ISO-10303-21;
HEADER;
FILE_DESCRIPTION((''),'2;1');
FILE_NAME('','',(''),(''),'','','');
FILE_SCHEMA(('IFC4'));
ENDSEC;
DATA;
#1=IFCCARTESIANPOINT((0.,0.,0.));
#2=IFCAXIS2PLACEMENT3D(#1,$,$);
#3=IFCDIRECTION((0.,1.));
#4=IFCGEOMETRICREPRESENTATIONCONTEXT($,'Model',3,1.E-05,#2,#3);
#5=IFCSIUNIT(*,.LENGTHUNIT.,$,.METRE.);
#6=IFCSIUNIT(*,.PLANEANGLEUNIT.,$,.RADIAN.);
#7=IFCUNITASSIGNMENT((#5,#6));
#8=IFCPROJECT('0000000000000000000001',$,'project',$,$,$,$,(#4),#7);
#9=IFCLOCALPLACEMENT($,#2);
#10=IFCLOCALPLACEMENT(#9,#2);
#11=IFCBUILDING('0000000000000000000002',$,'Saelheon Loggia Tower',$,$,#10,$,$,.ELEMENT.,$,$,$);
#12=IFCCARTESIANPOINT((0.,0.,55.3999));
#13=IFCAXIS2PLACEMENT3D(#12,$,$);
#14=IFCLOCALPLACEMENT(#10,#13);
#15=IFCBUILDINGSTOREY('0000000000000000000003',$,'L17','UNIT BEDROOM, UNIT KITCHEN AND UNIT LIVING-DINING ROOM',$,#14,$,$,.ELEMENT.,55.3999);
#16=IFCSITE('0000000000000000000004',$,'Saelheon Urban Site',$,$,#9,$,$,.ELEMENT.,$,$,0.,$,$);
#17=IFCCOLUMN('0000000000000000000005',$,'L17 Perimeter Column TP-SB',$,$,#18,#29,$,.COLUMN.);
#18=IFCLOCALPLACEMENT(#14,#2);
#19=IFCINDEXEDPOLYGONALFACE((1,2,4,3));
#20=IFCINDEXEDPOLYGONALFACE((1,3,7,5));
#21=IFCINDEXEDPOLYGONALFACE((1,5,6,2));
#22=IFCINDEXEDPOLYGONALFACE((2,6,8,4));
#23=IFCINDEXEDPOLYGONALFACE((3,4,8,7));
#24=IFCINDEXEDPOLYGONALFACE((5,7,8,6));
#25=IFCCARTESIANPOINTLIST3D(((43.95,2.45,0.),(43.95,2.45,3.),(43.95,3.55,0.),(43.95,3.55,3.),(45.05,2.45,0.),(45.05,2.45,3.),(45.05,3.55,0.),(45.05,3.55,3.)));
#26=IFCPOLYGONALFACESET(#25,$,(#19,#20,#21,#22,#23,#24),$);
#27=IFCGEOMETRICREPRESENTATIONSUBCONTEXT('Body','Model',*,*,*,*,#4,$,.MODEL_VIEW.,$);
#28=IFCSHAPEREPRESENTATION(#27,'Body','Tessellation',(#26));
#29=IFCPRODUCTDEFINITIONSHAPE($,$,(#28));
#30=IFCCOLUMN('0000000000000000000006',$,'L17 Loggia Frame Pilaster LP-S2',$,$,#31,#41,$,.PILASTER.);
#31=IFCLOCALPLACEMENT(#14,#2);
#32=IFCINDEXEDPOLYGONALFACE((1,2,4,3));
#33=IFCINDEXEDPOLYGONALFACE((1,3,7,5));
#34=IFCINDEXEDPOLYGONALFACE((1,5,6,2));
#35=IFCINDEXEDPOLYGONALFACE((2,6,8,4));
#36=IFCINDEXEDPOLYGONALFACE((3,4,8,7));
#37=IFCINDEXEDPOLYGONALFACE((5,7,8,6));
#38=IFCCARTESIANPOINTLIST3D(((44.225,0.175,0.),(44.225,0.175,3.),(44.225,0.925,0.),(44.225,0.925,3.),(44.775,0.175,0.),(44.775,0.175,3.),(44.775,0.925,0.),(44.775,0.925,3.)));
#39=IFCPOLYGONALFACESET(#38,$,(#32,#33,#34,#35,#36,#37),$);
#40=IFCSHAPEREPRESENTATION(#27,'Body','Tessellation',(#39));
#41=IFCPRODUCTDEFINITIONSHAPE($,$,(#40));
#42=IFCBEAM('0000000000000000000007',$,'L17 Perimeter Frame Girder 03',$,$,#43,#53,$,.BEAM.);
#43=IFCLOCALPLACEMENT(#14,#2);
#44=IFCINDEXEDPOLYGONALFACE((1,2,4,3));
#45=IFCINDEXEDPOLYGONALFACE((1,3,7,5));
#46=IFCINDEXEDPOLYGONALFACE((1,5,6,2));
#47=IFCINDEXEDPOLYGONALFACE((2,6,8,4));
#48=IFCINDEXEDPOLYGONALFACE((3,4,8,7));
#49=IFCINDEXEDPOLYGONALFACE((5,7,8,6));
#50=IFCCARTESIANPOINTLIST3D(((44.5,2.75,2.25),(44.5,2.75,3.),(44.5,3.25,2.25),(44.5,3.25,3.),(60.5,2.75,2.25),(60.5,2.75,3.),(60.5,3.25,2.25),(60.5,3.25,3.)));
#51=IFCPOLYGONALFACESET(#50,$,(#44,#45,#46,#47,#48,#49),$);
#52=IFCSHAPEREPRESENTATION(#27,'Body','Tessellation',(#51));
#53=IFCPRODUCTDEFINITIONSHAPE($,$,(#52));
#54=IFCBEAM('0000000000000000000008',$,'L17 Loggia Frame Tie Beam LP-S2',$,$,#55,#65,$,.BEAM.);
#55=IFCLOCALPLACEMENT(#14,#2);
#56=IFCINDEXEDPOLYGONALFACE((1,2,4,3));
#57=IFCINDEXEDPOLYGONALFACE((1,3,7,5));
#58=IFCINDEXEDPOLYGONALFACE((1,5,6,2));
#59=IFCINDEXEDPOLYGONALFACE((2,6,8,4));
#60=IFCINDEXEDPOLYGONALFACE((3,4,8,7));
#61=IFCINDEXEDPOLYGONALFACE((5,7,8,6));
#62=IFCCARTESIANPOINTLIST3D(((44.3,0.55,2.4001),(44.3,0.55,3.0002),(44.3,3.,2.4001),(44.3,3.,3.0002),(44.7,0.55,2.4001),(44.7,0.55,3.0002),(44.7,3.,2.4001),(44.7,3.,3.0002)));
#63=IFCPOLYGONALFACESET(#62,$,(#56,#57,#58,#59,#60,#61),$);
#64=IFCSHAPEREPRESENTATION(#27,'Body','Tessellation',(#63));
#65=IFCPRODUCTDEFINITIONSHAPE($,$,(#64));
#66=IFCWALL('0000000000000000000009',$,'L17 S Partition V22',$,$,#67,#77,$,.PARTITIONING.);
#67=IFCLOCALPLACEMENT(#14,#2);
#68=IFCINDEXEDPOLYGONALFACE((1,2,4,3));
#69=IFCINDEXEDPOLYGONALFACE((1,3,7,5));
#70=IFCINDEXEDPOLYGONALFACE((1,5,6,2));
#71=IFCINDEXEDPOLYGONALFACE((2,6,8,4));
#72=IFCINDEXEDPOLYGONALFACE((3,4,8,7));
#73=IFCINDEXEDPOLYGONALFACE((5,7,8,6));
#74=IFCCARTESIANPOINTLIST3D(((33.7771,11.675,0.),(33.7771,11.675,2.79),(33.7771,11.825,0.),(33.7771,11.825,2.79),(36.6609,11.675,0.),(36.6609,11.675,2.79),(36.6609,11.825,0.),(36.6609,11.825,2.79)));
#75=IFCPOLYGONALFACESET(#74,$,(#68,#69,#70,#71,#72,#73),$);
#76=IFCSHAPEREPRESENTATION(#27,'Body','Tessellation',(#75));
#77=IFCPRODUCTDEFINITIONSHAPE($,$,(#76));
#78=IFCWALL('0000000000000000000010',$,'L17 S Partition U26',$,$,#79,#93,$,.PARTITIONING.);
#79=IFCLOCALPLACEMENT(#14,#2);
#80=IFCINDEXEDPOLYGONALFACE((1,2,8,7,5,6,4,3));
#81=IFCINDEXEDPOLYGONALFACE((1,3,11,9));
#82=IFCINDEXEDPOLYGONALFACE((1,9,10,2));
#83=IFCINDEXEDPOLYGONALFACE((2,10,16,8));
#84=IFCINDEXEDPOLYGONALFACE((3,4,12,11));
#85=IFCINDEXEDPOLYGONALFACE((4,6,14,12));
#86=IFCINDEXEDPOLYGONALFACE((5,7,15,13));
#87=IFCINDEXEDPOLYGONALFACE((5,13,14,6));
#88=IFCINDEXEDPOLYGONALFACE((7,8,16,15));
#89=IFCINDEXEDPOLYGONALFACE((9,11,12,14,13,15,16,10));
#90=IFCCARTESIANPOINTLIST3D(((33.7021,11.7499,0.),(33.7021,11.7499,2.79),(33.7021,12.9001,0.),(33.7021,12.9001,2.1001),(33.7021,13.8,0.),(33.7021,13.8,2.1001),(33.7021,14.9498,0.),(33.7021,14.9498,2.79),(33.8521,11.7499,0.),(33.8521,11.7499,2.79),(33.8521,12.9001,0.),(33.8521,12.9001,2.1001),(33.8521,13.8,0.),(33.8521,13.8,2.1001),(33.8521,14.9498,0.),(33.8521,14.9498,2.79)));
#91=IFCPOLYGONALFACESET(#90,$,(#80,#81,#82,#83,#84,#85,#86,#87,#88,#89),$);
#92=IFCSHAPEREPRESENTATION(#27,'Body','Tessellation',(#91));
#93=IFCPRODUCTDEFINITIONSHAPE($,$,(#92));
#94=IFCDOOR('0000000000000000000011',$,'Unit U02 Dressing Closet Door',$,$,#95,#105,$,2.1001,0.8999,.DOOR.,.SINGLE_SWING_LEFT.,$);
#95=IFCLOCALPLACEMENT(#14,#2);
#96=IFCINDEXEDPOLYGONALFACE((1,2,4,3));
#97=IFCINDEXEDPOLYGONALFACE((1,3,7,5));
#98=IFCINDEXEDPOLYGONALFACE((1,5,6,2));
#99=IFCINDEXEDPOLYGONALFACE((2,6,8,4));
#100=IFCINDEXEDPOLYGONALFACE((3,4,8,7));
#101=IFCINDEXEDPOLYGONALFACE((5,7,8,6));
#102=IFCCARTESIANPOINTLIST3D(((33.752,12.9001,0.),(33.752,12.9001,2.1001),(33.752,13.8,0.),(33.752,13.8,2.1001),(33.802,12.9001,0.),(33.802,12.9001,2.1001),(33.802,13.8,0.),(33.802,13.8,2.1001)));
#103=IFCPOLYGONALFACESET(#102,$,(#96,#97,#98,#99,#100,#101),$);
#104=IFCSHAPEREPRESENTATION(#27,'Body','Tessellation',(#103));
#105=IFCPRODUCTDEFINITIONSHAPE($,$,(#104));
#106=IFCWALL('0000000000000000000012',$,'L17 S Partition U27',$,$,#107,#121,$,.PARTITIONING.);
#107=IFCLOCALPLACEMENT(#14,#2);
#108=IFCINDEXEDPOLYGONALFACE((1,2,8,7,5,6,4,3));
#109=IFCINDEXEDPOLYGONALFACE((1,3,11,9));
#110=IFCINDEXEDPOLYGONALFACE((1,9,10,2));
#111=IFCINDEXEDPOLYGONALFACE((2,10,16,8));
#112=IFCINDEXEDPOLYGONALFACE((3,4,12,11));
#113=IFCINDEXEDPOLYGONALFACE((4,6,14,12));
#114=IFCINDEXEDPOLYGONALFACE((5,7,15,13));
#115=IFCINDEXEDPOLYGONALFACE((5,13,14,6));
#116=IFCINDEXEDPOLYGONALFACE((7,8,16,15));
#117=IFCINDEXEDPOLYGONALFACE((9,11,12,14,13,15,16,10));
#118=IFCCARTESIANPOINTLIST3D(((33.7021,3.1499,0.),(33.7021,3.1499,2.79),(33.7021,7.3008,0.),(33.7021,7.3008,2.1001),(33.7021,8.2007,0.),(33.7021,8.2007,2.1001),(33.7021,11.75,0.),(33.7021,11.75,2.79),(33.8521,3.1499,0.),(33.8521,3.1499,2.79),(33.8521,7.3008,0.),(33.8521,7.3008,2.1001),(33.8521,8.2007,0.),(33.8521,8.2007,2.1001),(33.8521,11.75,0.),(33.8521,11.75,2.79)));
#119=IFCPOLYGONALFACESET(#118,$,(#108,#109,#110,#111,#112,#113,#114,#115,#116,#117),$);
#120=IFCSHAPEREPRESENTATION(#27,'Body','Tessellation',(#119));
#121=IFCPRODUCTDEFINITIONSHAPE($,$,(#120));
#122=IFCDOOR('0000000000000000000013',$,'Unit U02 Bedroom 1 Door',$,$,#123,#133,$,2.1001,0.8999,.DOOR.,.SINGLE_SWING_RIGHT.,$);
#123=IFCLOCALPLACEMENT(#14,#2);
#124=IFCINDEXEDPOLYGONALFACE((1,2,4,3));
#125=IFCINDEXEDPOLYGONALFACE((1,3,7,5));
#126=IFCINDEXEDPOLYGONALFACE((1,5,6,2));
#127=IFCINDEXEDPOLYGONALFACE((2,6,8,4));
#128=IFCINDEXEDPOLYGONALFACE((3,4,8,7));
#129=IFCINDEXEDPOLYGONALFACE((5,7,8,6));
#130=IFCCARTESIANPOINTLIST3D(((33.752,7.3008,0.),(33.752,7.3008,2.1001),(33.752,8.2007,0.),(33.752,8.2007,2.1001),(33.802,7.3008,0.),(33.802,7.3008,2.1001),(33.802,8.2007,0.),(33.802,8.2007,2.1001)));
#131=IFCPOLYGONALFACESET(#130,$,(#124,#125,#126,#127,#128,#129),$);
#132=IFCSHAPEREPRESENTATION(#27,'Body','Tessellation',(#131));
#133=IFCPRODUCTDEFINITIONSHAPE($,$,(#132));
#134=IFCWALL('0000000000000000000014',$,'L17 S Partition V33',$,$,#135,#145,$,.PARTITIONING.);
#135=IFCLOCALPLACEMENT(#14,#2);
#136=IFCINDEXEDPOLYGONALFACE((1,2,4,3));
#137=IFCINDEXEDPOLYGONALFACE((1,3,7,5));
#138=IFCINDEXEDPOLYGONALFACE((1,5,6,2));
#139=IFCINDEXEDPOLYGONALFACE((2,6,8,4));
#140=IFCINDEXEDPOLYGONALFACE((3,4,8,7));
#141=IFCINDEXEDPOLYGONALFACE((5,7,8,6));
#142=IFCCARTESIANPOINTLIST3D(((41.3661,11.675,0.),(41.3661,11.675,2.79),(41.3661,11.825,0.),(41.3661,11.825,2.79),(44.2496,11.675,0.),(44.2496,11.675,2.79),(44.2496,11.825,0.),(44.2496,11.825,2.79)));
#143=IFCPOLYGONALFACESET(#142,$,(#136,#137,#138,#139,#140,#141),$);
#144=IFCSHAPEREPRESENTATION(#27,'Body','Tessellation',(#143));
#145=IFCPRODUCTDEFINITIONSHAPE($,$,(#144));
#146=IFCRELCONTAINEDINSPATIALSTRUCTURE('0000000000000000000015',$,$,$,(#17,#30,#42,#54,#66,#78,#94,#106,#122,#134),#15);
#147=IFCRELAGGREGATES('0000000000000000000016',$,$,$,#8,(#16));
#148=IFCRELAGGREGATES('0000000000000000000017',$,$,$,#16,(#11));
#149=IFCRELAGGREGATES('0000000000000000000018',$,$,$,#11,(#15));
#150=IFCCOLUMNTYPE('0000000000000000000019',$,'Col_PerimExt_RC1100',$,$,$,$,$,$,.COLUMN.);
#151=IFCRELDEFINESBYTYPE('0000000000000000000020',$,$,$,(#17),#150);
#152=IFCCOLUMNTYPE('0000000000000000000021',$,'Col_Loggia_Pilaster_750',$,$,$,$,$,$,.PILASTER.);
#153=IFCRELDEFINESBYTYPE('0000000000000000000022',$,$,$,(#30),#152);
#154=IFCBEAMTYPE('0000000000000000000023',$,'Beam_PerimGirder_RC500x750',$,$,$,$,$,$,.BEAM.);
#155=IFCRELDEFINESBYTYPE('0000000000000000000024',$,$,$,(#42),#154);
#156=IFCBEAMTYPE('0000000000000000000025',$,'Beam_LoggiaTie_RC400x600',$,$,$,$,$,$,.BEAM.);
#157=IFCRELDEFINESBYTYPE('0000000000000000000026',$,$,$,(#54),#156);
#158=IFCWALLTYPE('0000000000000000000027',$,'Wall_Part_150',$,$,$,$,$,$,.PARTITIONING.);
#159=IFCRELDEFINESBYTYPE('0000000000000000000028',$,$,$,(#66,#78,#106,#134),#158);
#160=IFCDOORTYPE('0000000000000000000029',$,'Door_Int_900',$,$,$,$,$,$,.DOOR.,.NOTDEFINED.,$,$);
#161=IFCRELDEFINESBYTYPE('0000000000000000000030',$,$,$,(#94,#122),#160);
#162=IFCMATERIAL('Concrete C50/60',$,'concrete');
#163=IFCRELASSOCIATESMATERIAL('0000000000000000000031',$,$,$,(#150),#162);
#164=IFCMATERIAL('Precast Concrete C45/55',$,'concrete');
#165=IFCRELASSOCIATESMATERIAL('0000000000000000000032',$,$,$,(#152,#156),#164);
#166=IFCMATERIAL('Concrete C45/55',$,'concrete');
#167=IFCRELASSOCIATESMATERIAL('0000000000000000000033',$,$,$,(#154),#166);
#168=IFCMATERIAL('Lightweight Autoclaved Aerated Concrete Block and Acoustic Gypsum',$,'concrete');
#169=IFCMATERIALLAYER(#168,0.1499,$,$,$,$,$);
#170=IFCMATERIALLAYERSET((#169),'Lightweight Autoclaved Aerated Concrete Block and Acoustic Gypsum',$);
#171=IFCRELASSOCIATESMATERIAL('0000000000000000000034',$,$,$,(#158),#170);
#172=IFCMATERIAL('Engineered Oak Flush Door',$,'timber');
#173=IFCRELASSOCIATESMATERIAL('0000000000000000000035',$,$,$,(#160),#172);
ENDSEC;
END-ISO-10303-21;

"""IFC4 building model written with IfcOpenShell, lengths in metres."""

from ifc_helpers import new_model, si_unit, direction, frame, frame_2d, origin, origin_2d, place, context, subcontext, project, spatial, rectangle, extrude, source, transform, mapped, material, layer, layer_set, material_profile, profile_set, type_object, element, fill, save


model = new_model("IFC4")

# Units and contexts
model_context = context("Model", 3, precision=1e-05, world=origin(), true_north=direction((0.0, 1.0)))
body_context = subcontext(model_context, "Body", "Model", "MODEL_VIEW")
ifc_project = project(units=[si_unit("LENGTHUNIT", "METRE"), si_unit("PLANEANGLEUNIT", "RADIAN")], contexts=[model_context])

# Site, building, storey
site_placement = place(None, origin())
site = spatial("IfcSite", under=ifc_project, at=site_placement, Name="Saelheon Urban Site", CompositionType="ELEMENT", RefElevation=0.0)
building_placement = place(site_placement, origin())
building = spatial("IfcBuilding", under=site, at=building_placement, Name="Saelheon Loggia Tower", CompositionType="ELEMENT")
storey_placement = place(building_placement, frame((0.0, 0.0, 55.3999)))
storey = spatial("IfcBuildingStorey", under=building, at=storey_placement, Name="L17", Description="UNIT BEDROOM, UNIT KITCHEN AND UNIT LIVING-DINING ROOM", CompositionType="ELEMENT", Elevation=55.3999)

# Columns
ifc_material_1 = material(Name="Concrete C50/60", Category="concrete")
ifc_material_profile_1 = material_profile(ifc_material_1, rectangle(XDim=1.1001, YDim=1.1001, at=origin_2d()), Name="RC-1100x1100")
ifc_profile_set_1 = profile_set([ifc_material_profile_1], Name="Concrete C50/60")
column_type_1 = type_object("IfcColumnType", Name="Col_PerimExt_RC1100", PredefinedType="COLUMN", material=ifc_profile_set_1)
shared_shape_1 = source(origin(), body_context, "Body", "SweptSolid", [
    extrude(rectangle(XDim=1.1001, YDim=1.1001, at=origin_2d()), origin(), (0.0, 0.0, 1.0), 3.0),
])
column_1_placement = place(storey_placement, frame((44.5, 3.0, 0.0), z_axis=(0.0, 0.0, 1.0), x_axis=(1.0, 0.0, 0.0)))
element("IfcColumn", 1, at=column_1_placement, inside=storey, type_object=column_type_1, Name="L17 Perimeter Column TP-SB", PredefinedType="COLUMN", context=body_context, shape_type="MappedRepresentation", body=[
    mapped(shared_shape_1, transform((0.0, 0.0, 0.0), scale=1.0)),
])
ifc_material_2 = material(Name="Precast Concrete C45/55", Category="concrete")
ifc_material_profile_2 = material_profile(ifc_material_2, rectangle(XDim=0.55, YDim=0.75, at=origin_2d()), Name="RC-550x750")
ifc_profile_set_2 = profile_set([ifc_material_profile_2], Name="Precast Concrete C45/55")
column_type_2 = type_object("IfcColumnType", Name="Col_Loggia_Pilaster_750", PredefinedType="PILASTER", material=ifc_profile_set_2)
shared_shape_2 = source(origin(), body_context, "Body", "SweptSolid", [
    extrude(rectangle(XDim=0.55, YDim=0.75, at=origin_2d()), origin(), (0.0, 0.0, 1.0), 3.0),
])
column_2_placement = place(storey_placement, frame((44.5, 0.55, 0.0), z_axis=(0.0, 0.0, 1.0), x_axis=(1.0, 0.0, 0.0)))
element("IfcColumn", 2, at=column_2_placement, inside=storey, type_object=column_type_2, Name="L17 Loggia Frame Pilaster LP-S2", PredefinedType="PILASTER", context=body_context, shape_type="MappedRepresentation", body=[
    mapped(shared_shape_2, transform((0.0, 0.0, 0.0), scale=1.0)),
])

# Beams
ifc_material_3 = material(Name="Concrete C45/55", Category="concrete")
ifc_material_profile_3 = material_profile(ifc_material_3, rectangle(XDim=0.5, YDim=0.75, at=origin_2d()), Name="RC-500x750")
ifc_profile_set_3 = profile_set([ifc_material_profile_3], Name="Concrete C45/55")
beam_type_1 = type_object("IfcBeamType", Name="Beam_PerimGirder_RC500x750", PredefinedType="BEAM", material=ifc_profile_set_3)
shared_shape_3 = source(origin(), body_context, "Body", "SweptSolid", [
    extrude(rectangle(XDim=0.5, YDim=0.75, at=origin_2d()), origin(), (0.0, 0.0, 1.0), 16.0),
])
beam_1_placement = place(storey_placement, frame((44.5, 3.0, 2.625), z_axis=(1.0, 0.0, 0.0), x_axis=(0.0, 1.0, 0.0)))
element("IfcBeam", 3, at=beam_1_placement, inside=storey, type_object=beam_type_1, Name="L17 Perimeter Frame Girder 03", PredefinedType="BEAM", context=body_context, shape_type="MappedRepresentation", body=[
    mapped(shared_shape_3, transform((0.0, 0.0, 0.0), scale=1.0)),
])
ifc_material_profile_4 = material_profile(ifc_material_2, rectangle(XDim=0.3999, YDim=0.6001, at=origin_2d()), Name="RC-400x600")
ifc_profile_set_4 = profile_set([ifc_material_profile_4], Name="Precast Concrete C45/55")
beam_type_2 = type_object("IfcBeamType", Name="Beam_LoggiaTie_RC400x600", PredefinedType="BEAM", material=ifc_profile_set_4)
shared_shape_4 = source(origin(), body_context, "Body", "SweptSolid", [
    extrude(rectangle(XDim=0.3999, YDim=0.6001, at=origin_2d()), origin(), (0.0, 0.0, 1.0), 2.45),
])
beam_2_placement = place(storey_placement, frame((44.5, 3.0, 2.7002), z_axis=(0.0, -1.0, 0.0), x_axis=(1.0, 0.0, 0.0)))
element("IfcBeam", 4, at=beam_2_placement, inside=storey, type_object=beam_type_2, Name="L17 Loggia Frame Tie Beam LP-S2", PredefinedType="BEAM", context=body_context, shape_type="MappedRepresentation", body=[
    mapped(shared_shape_4, transform((0.0, 0.0, 0.0), scale=1.0)),
])

# Wall
ifc_material_4 = material(Name="Lightweight Autoclaved Aerated Concrete Block and Acoustic Gypsum", Category="concrete")
ifc_layer_1 = layer(ifc_material_4, 0.1499)
ifc_layer_set_1 = layer_set([ifc_layer_1], Name="Lightweight Autoclaved Aerated Concrete Block and Acoustic Gypsum")
wall_type_1 = type_object("IfcWallType", Name="Wall_Part_150", PredefinedType="PARTITIONING", material=ifc_layer_set_1)
wall_1_placement = place(storey_placement, frame((33.7771, 11.75, 0.0), z_axis=(0.0, 0.0, 1.0), x_axis=(1.0, 0.0, 0.0)))
element("IfcWall", 5, at=wall_1_placement, inside=storey, type_object=wall_type_1, Name="L17 S Partition V22", PredefinedType="PARTITIONING", context=body_context, shape_type="SweptSolid", body=[
    extrude(rectangle(XDim=2.8838, YDim=0.1499, at=frame_2d((1.4419, 0.0))), origin(), (0.0, 0.0, 1.0), 2.79),
])

# Walls, openings, doors
wall_2_placement = place(storey_placement, frame((33.7771, 14.95, 0.0), z_axis=(0.0, 0.0, 1.0), x_axis=(0.0, -1.0, 0.0)))
wall_2 = element("IfcWall", 6, at=wall_2_placement, inside=storey, type_object=wall_type_1, Name="L17 S Partition U26", PredefinedType="PARTITIONING", context=body_context, shape_type="SweptSolid", body=[
    extrude(rectangle(XDim=3.2, YDim=0.1499, at=frame_2d((1.6001, 0.0))), origin(), (0.0, 0.0, 1.0), 2.79),
])
opening_1_placement = place(wall_2_placement, frame((1.1499, 0.0, 0.0)))
opening_1 = element("IfcOpeningElement", 7, at=opening_1_placement, cuts=wall_2, PredefinedType="OPENING", context=body_context, shape_type="SweptSolid", body=[
    extrude(rectangle(XDim=0.8999, YDim=2.1001, at=frame_2d((0.45, 1.05))), frame((0.0, 0.0869, 0.0), z_axis=(0.0, -1.0, 0.0), x_axis=(1.0, 0.0, 0.0)), (0.0, 0.0, 1.0), 0.1738),
])
ifc_material_5 = material(Name="Engineered Oak Flush Door", Category="timber")
door_type_1 = type_object("IfcDoorType", Name="Door_Int_900", OperationType="NOTDEFINED", PredefinedType="DOOR", material=ifc_material_5)
shared_shape_5 = source(origin(), body_context, "Body", "SweptSolid", [
    extrude(rectangle(XDim=0.8999, YDim=2.1001, at=frame_2d((0.45, 1.05))), frame((0.0, 0.0249, 0.0), z_axis=(0.0, -1.0, 0.0), x_axis=(1.0, 0.0, 0.0)), (0.0, 0.0, 1.0), 0.05),
])
door_1_placement = place(opening_1_placement, origin())
door_1 = element("IfcDoor", 8, at=door_1_placement, inside=storey, type_object=door_type_1, Name="Unit U02 Dressing Closet Door", OperationType="SINGLE_SWING_LEFT", OverallHeight=2.1001, OverallWidth=0.8999, PredefinedType="DOOR", context=body_context, shape_type="MappedRepresentation", body=[
    mapped(shared_shape_5, transform((0.0, 0.0, 0.0), scale=1.0)),
])
fill(opening_1, door_1)
wall_3_placement = place(storey_placement, frame((33.7771, 11.75, 0.0), z_axis=(0.0, 0.0, 1.0), x_axis=(0.0, -1.0, 0.0)))
wall_3 = element("IfcWall", 9, at=wall_3_placement, inside=storey, type_object=wall_type_1, Name="L17 S Partition U27", PredefinedType="PARTITIONING", context=body_context, shape_type="SweptSolid", body=[
    extrude(rectangle(XDim=8.6001, YDim=0.1499, at=frame_2d((4.3, 0.0))), origin(), (0.0, 0.0, 1.0), 2.79),
])
opening_2_placement = place(wall_3_placement, frame((3.5493, 0.0, 0.0)))
opening_2 = element("IfcOpeningElement", 10, at=opening_2_placement, cuts=wall_3, PredefinedType="OPENING", context=body_context, shape_type="SweptSolid", body=[
    extrude(rectangle(XDim=0.8999, YDim=2.1001, at=frame_2d((0.45, 1.05))), frame((0.0, 0.0869, 0.0), z_axis=(0.0, -1.0, 0.0), x_axis=(1.0, 0.0, 0.0)), (0.0, 0.0, 1.0), 0.1738),
])
door_2_placement = place(opening_2_placement, origin())
door_2 = element("IfcDoor", 11, at=door_2_placement, inside=storey, type_object=door_type_1, Name="Unit U02 Bedroom 1 Door", OperationType="SINGLE_SWING_RIGHT", OverallHeight=2.1001, OverallWidth=0.8999, PredefinedType="DOOR", context=body_context, shape_type="MappedRepresentation", body=[
    mapped(shared_shape_5, transform((0.0, 0.0, 0.0), scale=1.0)),
])
fill(opening_2, door_2)

# Wall
wall_4_placement = place(storey_placement, frame((41.366, 11.75, 0.0), z_axis=(0.0, 0.0, 1.0), x_axis=(1.0, 0.0, 0.0)))
element("IfcWall", 12, at=wall_4_placement, inside=storey, type_object=wall_type_1, Name="L17 S Partition V33", PredefinedType="PARTITIONING", context=body_context, shape_type="SweptSolid", body=[
    extrude(rectangle(XDim=2.8835, YDim=0.1499, at=frame_2d((1.4419, 0.0))), origin(), (0.0, 0.0, 1.0), 2.79),
])

save(model, "model.ifc")
